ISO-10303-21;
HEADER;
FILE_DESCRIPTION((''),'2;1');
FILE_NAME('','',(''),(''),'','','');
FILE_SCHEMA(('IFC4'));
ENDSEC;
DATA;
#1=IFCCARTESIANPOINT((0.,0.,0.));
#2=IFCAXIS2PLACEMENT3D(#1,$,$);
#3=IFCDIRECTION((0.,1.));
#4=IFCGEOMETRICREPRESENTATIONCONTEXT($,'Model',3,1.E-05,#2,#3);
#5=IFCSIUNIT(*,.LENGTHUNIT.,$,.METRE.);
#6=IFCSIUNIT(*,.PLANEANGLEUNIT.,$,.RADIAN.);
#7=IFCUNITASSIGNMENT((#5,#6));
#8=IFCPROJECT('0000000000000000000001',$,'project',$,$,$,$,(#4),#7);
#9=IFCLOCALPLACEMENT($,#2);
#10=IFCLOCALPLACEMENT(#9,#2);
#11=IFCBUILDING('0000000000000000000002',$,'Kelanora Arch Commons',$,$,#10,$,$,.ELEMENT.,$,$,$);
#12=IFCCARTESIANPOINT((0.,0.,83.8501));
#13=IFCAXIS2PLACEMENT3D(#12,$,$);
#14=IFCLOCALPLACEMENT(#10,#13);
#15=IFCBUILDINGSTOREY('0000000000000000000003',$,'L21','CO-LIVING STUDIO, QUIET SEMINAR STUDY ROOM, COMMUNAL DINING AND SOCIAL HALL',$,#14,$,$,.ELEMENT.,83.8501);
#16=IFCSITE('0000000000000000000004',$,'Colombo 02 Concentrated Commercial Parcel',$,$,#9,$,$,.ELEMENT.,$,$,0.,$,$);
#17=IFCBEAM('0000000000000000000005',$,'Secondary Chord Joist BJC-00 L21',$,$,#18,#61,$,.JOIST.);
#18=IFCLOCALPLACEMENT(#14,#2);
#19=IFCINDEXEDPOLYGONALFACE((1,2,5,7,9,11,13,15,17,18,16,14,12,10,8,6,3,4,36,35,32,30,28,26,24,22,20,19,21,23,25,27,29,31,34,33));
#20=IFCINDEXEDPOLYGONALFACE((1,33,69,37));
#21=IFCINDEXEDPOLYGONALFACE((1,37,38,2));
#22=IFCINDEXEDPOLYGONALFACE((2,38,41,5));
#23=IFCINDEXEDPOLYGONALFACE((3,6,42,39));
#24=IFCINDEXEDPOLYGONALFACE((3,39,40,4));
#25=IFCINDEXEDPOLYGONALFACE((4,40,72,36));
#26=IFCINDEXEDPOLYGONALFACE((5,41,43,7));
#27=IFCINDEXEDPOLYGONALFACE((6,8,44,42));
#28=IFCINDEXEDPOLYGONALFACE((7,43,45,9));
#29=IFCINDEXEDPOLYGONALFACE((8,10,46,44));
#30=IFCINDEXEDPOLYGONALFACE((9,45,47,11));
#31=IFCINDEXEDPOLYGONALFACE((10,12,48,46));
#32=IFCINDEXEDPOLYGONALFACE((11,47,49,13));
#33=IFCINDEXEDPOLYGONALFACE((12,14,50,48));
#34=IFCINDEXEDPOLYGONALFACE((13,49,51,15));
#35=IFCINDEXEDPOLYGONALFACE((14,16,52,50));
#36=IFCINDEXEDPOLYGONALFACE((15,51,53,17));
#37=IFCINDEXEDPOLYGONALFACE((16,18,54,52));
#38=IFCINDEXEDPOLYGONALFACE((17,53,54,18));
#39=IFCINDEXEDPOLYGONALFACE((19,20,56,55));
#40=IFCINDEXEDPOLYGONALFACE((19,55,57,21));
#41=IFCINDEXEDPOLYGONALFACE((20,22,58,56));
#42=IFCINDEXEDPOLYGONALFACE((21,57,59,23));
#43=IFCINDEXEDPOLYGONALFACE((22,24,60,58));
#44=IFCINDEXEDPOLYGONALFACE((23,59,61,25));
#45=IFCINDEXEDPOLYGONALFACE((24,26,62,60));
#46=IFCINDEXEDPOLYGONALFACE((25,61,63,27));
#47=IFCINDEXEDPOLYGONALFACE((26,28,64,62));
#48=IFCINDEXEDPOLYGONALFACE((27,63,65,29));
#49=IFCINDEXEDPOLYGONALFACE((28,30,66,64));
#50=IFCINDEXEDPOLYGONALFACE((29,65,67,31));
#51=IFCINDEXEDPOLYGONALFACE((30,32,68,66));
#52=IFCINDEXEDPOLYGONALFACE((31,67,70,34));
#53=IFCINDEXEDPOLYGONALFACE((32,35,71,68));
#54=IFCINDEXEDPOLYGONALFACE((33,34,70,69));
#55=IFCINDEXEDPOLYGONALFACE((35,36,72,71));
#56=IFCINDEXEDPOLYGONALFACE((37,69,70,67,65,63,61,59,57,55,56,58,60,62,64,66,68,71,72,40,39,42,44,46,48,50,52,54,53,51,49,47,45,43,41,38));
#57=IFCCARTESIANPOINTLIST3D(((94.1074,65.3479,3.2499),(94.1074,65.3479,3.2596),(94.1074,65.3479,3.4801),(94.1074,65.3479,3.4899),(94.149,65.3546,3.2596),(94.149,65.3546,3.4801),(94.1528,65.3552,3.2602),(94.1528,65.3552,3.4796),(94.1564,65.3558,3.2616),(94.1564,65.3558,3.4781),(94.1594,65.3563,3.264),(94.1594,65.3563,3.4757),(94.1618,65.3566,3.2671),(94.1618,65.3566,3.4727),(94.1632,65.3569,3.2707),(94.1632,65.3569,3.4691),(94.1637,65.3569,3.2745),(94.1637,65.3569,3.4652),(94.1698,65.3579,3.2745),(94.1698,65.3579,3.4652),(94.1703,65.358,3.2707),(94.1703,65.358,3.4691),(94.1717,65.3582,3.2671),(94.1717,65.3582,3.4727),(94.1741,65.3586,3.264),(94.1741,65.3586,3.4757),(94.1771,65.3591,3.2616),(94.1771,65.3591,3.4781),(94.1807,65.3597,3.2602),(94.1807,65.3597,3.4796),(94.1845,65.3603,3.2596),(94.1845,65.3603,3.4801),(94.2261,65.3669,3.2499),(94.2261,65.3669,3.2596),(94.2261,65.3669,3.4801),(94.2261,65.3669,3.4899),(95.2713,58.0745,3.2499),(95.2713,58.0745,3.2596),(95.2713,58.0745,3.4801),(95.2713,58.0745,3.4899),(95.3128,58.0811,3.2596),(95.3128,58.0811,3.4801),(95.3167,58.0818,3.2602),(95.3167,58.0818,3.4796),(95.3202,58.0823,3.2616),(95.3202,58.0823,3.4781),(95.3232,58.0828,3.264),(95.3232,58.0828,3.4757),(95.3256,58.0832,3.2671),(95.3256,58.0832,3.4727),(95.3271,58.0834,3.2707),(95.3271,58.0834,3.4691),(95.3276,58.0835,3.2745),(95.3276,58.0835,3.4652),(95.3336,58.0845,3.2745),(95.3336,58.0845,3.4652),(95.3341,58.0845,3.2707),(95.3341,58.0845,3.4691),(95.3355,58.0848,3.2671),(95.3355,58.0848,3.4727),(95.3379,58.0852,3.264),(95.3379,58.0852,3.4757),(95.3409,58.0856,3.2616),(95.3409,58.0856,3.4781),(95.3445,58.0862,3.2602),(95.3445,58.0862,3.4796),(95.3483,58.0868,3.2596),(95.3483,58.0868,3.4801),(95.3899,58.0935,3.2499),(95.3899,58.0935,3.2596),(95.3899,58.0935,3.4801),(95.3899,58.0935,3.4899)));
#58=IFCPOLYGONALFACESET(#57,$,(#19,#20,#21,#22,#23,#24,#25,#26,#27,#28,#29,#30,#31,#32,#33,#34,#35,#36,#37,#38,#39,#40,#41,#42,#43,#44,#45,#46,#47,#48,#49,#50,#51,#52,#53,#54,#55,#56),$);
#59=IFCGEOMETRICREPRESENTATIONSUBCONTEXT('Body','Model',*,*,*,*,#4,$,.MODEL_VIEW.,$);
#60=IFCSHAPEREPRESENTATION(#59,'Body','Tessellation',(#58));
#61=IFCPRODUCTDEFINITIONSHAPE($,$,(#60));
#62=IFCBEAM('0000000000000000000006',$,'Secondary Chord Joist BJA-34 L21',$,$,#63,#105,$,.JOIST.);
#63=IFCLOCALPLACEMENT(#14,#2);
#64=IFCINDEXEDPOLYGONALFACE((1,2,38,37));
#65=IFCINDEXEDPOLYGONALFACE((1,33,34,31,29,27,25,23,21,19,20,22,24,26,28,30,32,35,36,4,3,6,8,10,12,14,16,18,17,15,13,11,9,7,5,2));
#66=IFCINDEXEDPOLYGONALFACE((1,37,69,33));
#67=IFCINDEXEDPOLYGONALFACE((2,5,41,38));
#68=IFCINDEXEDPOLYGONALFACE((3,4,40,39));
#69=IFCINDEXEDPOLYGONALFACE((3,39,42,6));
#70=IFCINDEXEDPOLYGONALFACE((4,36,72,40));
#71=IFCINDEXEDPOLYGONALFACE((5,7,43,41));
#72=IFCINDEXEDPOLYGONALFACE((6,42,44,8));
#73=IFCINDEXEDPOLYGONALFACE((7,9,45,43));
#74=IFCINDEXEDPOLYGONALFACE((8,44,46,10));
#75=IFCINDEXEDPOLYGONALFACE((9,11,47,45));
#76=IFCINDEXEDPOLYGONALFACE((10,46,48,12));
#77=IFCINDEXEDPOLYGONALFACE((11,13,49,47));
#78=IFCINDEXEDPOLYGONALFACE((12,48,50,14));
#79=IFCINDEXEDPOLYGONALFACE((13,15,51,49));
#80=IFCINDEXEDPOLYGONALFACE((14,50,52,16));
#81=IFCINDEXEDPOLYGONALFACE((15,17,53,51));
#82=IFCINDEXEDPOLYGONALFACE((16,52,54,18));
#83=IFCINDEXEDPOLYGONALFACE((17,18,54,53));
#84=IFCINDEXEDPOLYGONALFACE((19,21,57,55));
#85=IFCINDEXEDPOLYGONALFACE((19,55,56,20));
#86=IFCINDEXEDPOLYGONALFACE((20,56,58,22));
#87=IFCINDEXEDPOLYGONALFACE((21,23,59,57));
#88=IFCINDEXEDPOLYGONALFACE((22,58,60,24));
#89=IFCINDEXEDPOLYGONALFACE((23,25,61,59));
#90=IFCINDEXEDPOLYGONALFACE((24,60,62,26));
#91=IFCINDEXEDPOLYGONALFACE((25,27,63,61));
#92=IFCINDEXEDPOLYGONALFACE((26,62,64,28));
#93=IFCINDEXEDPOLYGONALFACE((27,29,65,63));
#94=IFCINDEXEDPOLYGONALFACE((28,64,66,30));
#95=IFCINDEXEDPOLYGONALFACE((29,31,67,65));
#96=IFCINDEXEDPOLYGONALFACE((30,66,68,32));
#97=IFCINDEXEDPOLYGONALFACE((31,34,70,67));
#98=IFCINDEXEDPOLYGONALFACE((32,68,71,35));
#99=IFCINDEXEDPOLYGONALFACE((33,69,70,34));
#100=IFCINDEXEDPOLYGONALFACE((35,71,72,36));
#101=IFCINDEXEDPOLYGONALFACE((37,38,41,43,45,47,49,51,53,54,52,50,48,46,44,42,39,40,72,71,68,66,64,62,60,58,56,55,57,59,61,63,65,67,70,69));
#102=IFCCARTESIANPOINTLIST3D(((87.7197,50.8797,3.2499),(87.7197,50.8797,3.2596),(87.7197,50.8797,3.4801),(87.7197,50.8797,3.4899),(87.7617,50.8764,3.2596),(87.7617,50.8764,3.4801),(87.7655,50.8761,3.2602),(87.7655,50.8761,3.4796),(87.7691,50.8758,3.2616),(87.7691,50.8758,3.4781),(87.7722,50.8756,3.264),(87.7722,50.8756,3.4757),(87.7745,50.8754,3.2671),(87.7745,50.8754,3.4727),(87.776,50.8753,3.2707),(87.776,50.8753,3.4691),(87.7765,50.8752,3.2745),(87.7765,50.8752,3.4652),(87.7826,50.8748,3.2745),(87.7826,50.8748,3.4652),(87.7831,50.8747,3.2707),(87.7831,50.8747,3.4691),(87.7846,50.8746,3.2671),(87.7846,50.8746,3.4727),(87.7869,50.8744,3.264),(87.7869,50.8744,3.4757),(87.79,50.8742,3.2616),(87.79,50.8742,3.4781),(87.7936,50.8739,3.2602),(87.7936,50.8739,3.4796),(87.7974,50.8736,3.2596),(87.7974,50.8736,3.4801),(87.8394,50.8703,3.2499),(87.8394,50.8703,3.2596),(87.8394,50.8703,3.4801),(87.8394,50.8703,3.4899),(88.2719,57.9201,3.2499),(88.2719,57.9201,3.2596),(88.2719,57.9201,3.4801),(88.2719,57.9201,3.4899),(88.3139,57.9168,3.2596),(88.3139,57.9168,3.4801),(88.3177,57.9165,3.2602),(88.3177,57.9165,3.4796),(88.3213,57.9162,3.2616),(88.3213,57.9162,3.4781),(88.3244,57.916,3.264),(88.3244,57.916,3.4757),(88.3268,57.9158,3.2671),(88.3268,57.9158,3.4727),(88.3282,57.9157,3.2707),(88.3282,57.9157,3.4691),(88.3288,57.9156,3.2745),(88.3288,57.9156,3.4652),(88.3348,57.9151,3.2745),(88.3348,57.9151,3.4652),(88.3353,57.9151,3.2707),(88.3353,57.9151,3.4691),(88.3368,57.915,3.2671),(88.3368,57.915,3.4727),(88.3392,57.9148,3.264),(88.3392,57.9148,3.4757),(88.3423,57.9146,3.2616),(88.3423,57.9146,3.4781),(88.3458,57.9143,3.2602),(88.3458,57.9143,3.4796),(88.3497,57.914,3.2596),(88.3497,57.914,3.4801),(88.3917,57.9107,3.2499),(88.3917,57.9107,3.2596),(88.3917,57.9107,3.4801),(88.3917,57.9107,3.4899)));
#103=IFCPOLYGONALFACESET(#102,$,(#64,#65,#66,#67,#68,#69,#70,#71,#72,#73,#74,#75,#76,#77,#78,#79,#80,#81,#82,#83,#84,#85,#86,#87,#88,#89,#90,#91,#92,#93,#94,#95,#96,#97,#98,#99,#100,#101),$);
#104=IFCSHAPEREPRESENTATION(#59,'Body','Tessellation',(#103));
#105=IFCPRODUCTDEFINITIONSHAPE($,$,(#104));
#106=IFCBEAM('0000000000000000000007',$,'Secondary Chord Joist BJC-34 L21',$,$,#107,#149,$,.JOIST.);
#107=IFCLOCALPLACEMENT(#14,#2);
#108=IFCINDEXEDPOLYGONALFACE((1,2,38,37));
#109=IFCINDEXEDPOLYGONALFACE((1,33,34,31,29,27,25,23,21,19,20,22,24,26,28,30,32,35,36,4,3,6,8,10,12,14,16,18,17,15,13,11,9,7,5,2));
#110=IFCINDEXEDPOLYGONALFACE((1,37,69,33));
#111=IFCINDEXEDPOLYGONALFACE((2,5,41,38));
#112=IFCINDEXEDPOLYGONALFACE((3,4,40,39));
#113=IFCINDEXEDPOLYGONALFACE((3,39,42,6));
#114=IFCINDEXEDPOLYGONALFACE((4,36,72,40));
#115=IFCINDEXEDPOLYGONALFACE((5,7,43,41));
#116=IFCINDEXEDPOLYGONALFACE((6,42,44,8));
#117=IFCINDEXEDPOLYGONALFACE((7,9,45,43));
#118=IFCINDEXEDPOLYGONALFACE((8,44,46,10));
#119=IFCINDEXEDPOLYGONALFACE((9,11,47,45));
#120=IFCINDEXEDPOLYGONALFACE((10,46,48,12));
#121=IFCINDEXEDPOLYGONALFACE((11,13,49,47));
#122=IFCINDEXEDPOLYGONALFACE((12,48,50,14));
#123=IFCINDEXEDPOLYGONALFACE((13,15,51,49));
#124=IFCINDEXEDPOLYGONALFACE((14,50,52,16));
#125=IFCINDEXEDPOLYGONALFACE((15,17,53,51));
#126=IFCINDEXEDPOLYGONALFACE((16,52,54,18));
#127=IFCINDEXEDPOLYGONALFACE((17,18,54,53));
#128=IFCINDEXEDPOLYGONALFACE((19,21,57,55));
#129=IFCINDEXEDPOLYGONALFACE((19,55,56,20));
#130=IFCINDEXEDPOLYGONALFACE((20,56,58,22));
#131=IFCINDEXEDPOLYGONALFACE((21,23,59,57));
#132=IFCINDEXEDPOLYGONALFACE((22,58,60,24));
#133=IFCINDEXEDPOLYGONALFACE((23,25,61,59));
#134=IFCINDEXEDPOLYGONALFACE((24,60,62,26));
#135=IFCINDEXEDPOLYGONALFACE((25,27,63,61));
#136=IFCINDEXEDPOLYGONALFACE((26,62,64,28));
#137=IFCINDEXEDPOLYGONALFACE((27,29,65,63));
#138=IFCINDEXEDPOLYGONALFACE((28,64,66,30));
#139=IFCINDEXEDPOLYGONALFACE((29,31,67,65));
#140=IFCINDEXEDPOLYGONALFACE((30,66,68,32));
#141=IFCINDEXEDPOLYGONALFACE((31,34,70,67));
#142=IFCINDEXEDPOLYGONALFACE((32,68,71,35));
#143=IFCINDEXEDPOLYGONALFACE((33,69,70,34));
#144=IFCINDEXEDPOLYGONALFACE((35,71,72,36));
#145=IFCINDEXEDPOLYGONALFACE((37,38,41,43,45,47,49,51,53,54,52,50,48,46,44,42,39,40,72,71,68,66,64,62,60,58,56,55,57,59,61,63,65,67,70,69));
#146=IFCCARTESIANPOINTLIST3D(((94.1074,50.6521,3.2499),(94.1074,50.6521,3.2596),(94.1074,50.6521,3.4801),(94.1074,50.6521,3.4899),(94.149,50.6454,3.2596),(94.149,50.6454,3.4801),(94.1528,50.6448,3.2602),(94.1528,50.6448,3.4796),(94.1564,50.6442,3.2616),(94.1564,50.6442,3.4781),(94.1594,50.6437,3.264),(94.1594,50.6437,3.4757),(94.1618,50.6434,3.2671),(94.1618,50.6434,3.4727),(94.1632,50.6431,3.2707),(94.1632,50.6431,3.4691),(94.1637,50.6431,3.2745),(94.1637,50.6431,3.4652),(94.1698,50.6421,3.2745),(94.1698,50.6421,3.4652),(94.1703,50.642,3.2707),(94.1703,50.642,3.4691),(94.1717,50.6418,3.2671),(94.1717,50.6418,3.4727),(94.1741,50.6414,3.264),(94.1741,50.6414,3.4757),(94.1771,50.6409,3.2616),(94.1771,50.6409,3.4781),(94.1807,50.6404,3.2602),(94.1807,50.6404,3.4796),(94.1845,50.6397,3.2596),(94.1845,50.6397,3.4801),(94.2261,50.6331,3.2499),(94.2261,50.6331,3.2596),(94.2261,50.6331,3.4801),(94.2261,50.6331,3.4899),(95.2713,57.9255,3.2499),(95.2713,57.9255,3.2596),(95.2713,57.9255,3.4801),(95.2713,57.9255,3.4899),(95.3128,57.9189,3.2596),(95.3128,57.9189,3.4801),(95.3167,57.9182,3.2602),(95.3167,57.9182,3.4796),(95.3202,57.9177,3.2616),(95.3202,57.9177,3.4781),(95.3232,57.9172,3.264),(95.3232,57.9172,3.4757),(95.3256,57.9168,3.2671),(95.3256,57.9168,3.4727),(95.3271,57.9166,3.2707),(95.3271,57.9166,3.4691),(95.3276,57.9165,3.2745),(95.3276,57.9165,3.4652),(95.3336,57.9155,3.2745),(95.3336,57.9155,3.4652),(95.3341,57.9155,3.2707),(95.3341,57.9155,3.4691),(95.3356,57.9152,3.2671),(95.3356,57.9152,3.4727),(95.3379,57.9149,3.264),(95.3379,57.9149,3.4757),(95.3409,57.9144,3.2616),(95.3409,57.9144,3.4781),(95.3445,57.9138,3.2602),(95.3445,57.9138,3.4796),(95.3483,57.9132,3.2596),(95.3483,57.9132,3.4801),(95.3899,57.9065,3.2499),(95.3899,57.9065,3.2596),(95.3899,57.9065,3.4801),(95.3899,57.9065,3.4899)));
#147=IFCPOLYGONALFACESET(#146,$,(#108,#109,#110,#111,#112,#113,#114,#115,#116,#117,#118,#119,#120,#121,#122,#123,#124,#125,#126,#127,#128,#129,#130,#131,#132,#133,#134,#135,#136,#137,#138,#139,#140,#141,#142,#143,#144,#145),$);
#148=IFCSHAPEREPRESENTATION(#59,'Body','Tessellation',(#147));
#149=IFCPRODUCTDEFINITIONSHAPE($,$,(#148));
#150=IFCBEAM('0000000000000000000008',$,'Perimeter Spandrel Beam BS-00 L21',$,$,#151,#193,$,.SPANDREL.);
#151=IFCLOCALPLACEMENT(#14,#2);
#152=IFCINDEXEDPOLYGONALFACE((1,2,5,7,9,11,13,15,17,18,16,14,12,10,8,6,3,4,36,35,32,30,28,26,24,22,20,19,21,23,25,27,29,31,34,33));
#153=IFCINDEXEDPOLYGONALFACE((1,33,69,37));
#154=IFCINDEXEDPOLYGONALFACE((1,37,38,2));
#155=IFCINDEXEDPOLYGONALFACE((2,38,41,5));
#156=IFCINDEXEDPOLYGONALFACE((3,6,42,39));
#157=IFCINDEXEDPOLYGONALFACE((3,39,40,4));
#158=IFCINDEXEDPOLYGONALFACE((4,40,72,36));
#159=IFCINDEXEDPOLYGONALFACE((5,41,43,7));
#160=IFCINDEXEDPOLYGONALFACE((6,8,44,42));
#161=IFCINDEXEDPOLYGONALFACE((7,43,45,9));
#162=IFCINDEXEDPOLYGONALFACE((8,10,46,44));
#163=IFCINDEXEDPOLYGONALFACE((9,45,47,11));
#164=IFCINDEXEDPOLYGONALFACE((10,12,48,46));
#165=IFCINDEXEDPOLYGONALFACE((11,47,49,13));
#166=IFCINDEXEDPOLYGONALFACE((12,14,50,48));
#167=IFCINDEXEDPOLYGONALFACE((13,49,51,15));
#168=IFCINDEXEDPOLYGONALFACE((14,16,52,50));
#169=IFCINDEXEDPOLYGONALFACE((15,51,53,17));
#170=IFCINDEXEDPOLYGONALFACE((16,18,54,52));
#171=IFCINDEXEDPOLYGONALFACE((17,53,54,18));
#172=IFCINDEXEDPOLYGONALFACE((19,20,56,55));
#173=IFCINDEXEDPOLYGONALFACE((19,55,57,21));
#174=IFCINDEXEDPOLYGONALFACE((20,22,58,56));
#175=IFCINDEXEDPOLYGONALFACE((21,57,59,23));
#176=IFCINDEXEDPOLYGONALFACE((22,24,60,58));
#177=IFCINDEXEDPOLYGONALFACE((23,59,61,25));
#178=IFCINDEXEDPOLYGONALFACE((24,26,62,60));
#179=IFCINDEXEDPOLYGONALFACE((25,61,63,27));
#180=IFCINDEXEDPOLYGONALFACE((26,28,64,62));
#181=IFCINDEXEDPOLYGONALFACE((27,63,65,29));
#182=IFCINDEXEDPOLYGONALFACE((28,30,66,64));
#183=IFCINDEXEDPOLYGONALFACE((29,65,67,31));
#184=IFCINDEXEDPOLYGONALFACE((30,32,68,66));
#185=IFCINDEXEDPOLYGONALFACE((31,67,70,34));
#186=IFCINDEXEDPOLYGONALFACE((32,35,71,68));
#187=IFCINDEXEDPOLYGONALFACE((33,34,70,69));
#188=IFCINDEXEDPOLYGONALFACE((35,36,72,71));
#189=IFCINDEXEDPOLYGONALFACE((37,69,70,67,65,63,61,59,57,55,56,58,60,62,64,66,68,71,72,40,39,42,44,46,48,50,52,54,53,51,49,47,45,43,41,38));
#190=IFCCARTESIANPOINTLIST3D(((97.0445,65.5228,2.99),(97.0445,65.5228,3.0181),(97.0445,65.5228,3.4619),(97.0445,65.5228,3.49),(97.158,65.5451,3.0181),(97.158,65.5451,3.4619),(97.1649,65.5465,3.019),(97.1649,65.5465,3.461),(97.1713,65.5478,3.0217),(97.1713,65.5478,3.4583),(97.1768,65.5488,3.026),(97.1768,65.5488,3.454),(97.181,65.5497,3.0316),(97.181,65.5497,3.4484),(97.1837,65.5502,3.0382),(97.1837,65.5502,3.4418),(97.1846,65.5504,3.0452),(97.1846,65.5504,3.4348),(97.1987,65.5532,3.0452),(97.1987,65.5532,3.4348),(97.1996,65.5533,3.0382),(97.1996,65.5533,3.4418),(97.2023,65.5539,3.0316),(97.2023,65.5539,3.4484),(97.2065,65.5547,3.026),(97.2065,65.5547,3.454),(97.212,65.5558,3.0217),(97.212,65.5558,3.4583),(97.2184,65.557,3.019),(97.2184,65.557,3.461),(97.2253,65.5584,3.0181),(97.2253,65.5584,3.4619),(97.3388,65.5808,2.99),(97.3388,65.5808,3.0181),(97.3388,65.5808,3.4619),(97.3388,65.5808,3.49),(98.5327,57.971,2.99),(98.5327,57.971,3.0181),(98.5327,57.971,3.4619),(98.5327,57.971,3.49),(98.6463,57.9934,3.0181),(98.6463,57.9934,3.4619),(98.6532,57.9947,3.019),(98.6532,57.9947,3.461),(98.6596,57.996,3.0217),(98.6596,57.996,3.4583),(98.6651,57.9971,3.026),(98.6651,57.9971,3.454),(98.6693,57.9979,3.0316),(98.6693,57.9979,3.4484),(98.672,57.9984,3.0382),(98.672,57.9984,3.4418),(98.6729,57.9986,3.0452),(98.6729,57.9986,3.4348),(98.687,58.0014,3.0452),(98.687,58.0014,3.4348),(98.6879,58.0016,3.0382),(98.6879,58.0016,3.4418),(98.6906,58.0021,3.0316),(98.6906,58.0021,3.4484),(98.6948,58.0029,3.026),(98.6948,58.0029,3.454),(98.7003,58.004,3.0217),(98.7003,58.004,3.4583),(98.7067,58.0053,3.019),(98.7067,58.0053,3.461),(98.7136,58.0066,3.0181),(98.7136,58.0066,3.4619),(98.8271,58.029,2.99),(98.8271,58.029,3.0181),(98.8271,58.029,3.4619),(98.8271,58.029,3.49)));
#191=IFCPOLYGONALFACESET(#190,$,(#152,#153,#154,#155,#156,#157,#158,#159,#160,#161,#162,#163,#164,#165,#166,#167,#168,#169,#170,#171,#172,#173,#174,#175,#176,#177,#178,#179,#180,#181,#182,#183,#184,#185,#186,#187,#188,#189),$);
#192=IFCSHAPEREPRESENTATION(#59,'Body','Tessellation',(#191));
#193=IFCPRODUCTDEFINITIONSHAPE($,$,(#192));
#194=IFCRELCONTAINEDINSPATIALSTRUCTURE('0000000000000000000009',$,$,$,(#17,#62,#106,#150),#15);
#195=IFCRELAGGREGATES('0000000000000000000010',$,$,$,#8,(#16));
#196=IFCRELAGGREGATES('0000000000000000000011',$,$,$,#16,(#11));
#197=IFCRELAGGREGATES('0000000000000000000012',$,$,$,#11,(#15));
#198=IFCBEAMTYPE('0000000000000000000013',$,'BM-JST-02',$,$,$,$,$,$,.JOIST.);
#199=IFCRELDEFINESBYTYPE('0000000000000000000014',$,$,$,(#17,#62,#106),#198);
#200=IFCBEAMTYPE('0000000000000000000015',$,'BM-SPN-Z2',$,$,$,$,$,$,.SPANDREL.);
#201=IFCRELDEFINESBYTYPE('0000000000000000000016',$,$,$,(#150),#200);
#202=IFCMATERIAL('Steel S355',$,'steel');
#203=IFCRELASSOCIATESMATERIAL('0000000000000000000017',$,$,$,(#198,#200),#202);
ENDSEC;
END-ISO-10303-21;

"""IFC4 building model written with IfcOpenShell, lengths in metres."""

from ifc_helpers import new_model, si_unit, direction, frame, origin, origin_2d, place, context, subcontext, project, spatial, i_section, extrude, material, material_profile, profile_set, type_object, element, save


model = new_model("IFC4")

# Units and contexts
model_context = context("Model", 3, precision=1e-05, world=origin(), true_north=direction((0.0, 1.0)))
body_context = subcontext(model_context, "Body", "Model", "MODEL_VIEW")
ifc_project = project(units=[si_unit("LENGTHUNIT", "METRE"), si_unit("PLANEANGLEUNIT", "RADIAN")], contexts=[model_context])

# Site, building, storey
site_placement = place(None, origin())
site = spatial("IfcSite", under=ifc_project, at=site_placement, Name="Colombo 02 Concentrated Commercial Parcel", CompositionType="ELEMENT", RefElevation=0.0)
building_placement = place(site_placement, origin())
building = spatial("IfcBuilding", under=site, at=building_placement, Name="Kelanora Arch Commons", CompositionType="ELEMENT")
storey_placement = place(building_placement, frame((0.0, 0.0, 83.8501)))
storey = spatial("IfcBuildingStorey", under=building, at=storey_placement, Name="L21", Description="CO-LIVING STUDIO, QUIET SEMINAR STUDY ROOM, COMMUNAL DINING AND SOCIAL HALL", CompositionType="ELEMENT", Elevation=83.8501)

# Beams
ifc_material_1 = material(Name="Steel S355", Category="steel")
ifc_material_profile_1 = material_profile(ifc_material_1, i_section(OverallWidth=0.1201, OverallDepth=0.24, WebThickness=0.0061, FlangeThickness=0.0098, FilletRadius=0.0149, at=origin_2d()), Name="IPE240")
ifc_profile_set_1 = profile_set([ifc_material_profile_1], Name="Steel S355")
beam_type_1 = type_object("IfcBeamType", Name="BM-JST-02", PredefinedType="JOIST", material=ifc_profile_set_1)
beam_1_placement = place(storey_placement, frame((95.3306, 58.084, 3.3699), z_axis=(-0.158, 0.987439, 0.0), x_axis=(-0.987439, -0.158, 0.0)))
element("IfcBeam", 1, at=beam_1_placement, inside=storey, type_object=beam_type_1, Name="Secondary Chord Joist BJC-00 L21", PredefinedType="JOIST", context=body_context, shape_type="SweptSolid", body=[
    extrude(i_section(OverallWidth=0.1201, OverallDepth=0.24, WebThickness=0.0061, FlangeThickness=0.0098, FilletRadius=0.0149, at=origin_2d()), origin(), (0.0, 0.0, 1.0), 7.366),
])
beam_2_placement = place(storey_placement, frame((87.7795, 50.875, 3.3699), z_axis=(0.078201, 0.996938, 0.0), x_axis=(-0.996938, 0.078201, 0.0)))
element("IfcBeam", 2, at=beam_2_placement, inside=storey, type_object=beam_type_1, Name="Secondary Chord Joist BJA-34 L21", PredefinedType="JOIST", context=body_context, shape_type="SweptSolid", body=[
    extrude(i_section(OverallWidth=0.1201, OverallDepth=0.24, WebThickness=0.0061, FlangeThickness=0.0098, FilletRadius=0.0149, at=origin_2d()), origin(), (0.0, 0.0, 1.0), 7.062),
])
beam_3_placement = place(storey_placement, frame((94.1667, 50.6426, 3.3699), z_axis=(0.158, 0.987439, 0.0), x_axis=(-0.987439, 0.158, 0.0)))
element("IfcBeam", 3, at=beam_3_placement, inside=storey, type_object=beam_type_1, Name="Secondary Chord Joist BJC-34 L21", PredefinedType="JOIST", context=body_context, shape_type="SweptSolid", body=[
    extrude(i_section(OverallWidth=0.1201, OverallDepth=0.24, WebThickness=0.0061, FlangeThickness=0.0098, FilletRadius=0.0149, at=origin_2d()), origin(), (0.0, 0.0, 1.0), 7.366),
])
ifc_material_profile_2 = material_profile(ifc_material_1, i_section(OverallWidth=0.3, OverallDepth=0.5, WebThickness=0.0144, FlangeThickness=0.0281, FilletRadius=0.0271, at=origin_2d()), Name="HEB500")
ifc_profile_set_2 = profile_set([ifc_material_profile_2], Name="Steel S355")
beam_type_2 = type_object("IfcBeamType", Name="BM-SPN-Z2", PredefinedType="SPANDREL", material=ifc_profile_set_2)
for number, where, z_axis, x_axis, name in (
    (4, (98.6799, 58.0, 3.24), (-0.193358, 0.981128, 0.0), (-0.981128, -0.193358, 0.0), "Perimeter Spandrel Beam BS-00 L21"),
):
    element("IfcBeam", number, at=place(storey_placement, frame(where, z_axis=z_axis, x_axis=x_axis)), inside=storey, type_object=beam_type_2, Name=name, PredefinedType="SPANDREL", context=body_context, shape_type="SweptSolid", body=[
        extrude(i_section(OverallWidth=0.3, OverallDepth=0.5, WebThickness=0.0144, FlangeThickness=0.0281, FilletRadius=0.0271, at=origin_2d()), origin(), (0.0, 0.0, 1.0), 7.697),
    ])

save(model, "model.ifc")
